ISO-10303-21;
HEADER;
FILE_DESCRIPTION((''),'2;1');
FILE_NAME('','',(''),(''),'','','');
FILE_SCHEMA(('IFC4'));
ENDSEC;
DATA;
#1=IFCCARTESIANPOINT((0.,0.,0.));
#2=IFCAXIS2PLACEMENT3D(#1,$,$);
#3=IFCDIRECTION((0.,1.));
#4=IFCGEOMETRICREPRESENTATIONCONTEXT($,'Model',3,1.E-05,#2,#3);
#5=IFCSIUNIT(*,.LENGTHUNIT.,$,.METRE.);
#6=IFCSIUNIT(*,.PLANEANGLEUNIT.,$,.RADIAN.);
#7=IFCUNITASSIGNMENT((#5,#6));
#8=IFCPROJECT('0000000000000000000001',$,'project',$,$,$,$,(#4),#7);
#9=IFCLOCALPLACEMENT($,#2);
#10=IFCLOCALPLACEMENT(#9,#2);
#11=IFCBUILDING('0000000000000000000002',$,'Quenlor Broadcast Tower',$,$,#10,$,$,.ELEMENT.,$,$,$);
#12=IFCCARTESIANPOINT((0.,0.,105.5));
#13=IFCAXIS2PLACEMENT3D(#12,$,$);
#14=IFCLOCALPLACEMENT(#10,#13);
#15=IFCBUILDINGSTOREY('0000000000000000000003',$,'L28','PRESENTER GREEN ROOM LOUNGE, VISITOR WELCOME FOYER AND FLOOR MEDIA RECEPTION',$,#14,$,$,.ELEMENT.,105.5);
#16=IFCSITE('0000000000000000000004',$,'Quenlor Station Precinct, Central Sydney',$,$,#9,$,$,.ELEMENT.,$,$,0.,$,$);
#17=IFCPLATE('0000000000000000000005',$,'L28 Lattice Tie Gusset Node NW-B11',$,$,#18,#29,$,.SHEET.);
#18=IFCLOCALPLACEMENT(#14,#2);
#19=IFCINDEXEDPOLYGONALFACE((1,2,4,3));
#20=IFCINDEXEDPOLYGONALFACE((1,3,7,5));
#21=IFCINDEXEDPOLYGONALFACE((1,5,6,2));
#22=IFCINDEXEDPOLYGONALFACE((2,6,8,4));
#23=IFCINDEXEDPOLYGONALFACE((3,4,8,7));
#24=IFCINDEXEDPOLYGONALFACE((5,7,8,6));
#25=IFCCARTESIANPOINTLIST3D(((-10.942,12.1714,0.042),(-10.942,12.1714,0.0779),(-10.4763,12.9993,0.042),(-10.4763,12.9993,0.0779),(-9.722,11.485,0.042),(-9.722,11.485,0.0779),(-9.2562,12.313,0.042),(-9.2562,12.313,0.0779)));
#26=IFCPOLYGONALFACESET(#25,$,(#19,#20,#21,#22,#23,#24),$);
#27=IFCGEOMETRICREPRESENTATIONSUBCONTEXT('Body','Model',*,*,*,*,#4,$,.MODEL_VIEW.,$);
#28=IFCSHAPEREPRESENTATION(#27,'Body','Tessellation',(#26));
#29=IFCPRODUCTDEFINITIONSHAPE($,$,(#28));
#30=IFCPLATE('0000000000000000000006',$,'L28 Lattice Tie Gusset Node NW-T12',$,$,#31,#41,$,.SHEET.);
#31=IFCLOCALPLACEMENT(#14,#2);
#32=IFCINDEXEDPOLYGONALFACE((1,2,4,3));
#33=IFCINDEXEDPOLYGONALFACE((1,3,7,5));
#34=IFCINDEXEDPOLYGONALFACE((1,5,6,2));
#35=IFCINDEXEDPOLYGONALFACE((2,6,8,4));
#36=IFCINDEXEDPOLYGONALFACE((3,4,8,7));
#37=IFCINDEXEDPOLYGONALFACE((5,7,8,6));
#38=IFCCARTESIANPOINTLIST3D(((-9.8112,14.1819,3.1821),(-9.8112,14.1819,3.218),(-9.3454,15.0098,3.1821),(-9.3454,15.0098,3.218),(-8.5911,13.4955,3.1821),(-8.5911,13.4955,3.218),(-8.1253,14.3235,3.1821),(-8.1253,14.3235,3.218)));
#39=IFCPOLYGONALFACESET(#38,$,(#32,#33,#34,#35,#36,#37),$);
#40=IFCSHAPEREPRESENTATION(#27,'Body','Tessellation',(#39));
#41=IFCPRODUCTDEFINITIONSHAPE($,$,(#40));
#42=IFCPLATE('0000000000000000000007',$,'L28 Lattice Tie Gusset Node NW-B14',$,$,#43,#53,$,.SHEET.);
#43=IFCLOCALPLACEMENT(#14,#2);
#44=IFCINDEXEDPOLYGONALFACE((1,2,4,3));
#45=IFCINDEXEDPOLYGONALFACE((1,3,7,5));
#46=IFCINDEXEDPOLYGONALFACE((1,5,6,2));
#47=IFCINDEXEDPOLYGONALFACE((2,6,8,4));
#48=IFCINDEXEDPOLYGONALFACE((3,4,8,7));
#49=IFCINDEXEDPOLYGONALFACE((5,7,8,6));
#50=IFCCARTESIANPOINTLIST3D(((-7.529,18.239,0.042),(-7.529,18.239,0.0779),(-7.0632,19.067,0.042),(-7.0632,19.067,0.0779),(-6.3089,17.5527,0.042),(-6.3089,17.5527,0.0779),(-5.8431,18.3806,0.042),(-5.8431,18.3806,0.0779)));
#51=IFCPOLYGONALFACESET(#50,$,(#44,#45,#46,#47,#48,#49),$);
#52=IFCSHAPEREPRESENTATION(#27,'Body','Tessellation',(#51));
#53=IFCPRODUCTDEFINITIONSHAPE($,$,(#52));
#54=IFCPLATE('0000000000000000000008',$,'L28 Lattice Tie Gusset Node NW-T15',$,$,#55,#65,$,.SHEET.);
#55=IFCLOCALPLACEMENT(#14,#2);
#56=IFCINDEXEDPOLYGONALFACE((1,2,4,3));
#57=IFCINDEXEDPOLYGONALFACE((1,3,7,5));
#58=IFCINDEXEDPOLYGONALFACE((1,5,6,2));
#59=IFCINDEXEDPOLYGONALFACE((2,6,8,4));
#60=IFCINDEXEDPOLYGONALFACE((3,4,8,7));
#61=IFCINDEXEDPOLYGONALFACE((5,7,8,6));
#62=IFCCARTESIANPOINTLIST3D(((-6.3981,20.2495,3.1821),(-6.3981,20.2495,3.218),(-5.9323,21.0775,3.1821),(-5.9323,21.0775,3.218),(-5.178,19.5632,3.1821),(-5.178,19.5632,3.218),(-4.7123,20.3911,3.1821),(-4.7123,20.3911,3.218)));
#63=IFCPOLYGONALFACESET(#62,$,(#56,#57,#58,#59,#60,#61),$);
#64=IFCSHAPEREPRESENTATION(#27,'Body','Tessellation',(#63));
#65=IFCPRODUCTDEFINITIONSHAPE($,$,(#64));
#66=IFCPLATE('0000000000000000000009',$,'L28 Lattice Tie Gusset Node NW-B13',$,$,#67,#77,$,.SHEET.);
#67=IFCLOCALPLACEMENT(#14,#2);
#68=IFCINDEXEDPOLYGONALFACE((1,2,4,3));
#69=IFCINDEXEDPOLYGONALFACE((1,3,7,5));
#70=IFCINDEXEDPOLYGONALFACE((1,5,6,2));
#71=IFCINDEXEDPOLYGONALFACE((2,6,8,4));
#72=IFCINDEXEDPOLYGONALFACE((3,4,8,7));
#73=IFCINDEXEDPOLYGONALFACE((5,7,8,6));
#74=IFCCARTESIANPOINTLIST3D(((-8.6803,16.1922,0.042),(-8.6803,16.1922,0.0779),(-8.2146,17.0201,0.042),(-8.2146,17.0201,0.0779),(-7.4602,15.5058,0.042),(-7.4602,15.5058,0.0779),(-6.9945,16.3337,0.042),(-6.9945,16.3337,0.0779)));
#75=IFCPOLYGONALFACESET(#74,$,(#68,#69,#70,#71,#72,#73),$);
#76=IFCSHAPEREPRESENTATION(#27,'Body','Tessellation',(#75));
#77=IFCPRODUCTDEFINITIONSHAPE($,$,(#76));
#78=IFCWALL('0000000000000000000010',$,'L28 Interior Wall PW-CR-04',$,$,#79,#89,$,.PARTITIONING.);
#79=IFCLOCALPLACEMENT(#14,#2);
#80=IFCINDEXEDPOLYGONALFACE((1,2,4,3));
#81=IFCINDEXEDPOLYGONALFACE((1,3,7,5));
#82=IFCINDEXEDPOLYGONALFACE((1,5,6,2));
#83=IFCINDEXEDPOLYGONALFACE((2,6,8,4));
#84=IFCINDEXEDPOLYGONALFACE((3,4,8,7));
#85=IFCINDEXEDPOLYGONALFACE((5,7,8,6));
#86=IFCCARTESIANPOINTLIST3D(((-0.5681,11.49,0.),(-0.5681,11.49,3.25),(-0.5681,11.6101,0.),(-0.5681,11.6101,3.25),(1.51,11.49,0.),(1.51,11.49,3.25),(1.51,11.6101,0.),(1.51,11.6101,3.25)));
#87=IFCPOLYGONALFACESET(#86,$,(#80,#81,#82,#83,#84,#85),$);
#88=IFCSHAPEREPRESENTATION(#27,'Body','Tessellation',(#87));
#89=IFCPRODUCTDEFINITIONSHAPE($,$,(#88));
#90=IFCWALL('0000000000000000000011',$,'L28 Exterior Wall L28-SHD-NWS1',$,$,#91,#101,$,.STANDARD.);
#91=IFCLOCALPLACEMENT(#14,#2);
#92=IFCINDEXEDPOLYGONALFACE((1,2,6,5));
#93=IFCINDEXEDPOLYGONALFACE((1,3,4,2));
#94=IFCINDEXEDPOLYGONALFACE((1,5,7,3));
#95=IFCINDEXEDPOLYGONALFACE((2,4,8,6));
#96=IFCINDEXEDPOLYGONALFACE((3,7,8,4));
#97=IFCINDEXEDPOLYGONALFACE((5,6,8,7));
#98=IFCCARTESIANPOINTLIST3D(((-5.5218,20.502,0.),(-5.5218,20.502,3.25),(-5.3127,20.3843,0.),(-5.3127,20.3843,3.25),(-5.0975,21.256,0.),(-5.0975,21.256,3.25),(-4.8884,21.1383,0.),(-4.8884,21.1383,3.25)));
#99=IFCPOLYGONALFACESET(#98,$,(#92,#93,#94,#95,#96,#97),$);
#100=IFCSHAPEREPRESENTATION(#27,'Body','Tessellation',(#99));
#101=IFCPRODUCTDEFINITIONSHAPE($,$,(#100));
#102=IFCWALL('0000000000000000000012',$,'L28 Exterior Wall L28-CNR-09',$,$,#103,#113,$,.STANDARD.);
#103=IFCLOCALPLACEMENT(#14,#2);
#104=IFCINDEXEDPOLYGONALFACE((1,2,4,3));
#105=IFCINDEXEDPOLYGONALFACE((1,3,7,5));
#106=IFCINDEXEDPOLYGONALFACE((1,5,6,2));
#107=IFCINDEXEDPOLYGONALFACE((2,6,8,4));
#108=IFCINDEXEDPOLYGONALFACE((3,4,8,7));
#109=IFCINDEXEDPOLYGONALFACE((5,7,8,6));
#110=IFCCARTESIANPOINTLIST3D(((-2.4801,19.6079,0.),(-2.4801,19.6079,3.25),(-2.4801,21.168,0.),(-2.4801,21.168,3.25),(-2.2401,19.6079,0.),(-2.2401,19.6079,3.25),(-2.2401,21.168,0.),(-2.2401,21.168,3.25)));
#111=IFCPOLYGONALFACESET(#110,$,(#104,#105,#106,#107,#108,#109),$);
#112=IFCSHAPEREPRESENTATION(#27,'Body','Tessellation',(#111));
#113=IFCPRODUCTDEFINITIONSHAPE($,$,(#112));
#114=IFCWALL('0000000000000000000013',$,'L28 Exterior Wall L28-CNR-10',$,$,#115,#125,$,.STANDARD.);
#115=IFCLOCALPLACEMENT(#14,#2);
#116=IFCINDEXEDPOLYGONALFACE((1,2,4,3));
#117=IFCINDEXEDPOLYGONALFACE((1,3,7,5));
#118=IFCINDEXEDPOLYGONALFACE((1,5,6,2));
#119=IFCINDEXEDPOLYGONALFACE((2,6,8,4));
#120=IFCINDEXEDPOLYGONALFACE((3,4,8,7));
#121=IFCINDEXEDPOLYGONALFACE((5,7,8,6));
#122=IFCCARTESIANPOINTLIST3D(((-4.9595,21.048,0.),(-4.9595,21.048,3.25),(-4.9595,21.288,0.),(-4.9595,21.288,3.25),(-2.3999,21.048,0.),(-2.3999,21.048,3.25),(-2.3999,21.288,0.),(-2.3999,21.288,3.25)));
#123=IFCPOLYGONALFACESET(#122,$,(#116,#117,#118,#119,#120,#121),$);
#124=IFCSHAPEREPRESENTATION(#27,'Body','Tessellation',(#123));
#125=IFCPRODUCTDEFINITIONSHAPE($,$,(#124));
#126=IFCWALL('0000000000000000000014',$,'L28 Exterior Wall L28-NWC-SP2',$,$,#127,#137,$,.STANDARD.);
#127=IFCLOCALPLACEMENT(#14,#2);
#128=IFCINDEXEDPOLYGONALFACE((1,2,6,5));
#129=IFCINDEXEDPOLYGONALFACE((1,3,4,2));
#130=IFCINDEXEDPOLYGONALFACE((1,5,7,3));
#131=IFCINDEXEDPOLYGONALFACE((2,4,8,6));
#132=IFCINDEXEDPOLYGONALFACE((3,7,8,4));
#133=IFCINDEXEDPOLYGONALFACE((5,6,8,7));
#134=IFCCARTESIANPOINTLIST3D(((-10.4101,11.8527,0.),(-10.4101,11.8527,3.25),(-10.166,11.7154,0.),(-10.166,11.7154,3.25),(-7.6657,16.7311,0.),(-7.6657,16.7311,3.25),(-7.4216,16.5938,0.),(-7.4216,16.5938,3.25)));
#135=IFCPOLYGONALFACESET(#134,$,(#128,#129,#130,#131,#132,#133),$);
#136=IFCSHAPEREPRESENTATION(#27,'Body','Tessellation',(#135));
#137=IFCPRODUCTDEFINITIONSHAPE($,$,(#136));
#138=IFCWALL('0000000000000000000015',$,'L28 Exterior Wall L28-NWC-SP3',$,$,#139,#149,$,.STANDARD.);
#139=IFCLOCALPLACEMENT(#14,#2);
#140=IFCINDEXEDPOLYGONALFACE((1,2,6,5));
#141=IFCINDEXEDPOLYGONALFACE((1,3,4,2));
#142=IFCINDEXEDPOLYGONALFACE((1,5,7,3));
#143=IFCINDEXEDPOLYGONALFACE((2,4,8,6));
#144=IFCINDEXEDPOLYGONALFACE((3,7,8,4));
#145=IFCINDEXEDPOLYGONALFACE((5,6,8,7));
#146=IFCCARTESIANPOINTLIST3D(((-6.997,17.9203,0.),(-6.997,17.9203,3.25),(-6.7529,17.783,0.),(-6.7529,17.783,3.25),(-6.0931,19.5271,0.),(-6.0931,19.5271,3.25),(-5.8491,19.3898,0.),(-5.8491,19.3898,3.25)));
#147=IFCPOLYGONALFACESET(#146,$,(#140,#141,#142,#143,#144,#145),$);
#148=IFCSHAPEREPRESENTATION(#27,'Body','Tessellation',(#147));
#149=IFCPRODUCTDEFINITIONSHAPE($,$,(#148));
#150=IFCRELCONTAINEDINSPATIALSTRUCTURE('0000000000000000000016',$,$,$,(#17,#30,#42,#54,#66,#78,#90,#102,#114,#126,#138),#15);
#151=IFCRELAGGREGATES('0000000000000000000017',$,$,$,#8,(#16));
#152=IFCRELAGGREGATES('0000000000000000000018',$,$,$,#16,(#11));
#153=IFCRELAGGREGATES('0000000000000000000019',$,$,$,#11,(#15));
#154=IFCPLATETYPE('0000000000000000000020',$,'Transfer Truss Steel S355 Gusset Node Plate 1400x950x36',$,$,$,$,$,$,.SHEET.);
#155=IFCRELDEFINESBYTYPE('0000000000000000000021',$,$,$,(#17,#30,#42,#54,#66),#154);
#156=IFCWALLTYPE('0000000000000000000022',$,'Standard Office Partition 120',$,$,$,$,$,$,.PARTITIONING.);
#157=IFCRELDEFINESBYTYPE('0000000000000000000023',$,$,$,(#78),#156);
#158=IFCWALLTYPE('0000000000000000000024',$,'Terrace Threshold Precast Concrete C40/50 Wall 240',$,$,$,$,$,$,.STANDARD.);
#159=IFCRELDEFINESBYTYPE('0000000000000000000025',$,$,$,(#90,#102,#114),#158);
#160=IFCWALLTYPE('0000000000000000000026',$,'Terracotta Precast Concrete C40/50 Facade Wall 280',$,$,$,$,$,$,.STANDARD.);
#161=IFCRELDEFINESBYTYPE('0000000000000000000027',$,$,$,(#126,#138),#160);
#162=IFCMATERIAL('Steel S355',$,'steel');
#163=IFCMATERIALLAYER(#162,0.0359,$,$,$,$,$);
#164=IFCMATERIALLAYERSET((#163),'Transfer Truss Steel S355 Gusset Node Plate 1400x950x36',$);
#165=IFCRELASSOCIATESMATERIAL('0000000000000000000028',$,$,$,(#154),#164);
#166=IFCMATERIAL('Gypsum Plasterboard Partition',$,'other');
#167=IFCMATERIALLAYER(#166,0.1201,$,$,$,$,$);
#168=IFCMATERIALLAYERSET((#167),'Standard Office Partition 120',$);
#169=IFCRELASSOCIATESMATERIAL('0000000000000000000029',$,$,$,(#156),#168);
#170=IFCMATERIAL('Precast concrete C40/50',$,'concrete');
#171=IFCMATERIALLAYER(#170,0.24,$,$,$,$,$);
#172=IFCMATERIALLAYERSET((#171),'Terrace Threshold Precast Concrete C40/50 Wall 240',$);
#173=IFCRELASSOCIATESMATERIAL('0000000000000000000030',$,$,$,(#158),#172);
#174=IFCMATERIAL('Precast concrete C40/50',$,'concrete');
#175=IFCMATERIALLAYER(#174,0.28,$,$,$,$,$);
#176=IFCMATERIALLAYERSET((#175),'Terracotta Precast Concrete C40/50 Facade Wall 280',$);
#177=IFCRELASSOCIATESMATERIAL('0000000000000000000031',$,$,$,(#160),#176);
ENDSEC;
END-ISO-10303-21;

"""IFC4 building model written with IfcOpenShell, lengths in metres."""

from ifc_helpers import new_model, si_unit, direction, frame, frame_2d, origin, origin_2d, place, context, subcontext, project, spatial, rectangle, extrude, material, layer, layer_set, type_object, element, save


model = new_model("IFC4")

# Units and contexts
model_context = context("Model", 3, precision=1e-05, world=origin(), true_north=direction((0.0, 1.0)))
body_context = subcontext(model_context, "Body", "Model", "MODEL_VIEW")
ifc_project = project(units=[si_unit("LENGTHUNIT", "METRE"), si_unit("PLANEANGLEUNIT", "RADIAN")], contexts=[model_context])

# Site, building, storey
site_placement = place(None, origin())
site = spatial("IfcSite", under=ifc_project, at=site_placement, Name="Quenlor Station Precinct, Central Sydney", CompositionType="ELEMENT", RefElevation=0.0)
building_placement = place(site_placement, origin())
building = spatial("IfcBuilding", under=site, at=building_placement, Name="Quenlor Broadcast Tower", CompositionType="ELEMENT")
storey_placement = place(building_placement, frame((0.0, 0.0, 105.5)))
storey = spatial("IfcBuildingStorey", under=building, at=storey_placement, Name="L28", Description="PRESENTER GREEN ROOM LOUNGE, VISITOR WELCOME FOYER AND FLOOR MEDIA RECEPTION", CompositionType="ELEMENT", Elevation=105.5)

# Plates
ifc_material_1 = material(Name="Steel S355", Category="steel")
ifc_layer_1 = layer(ifc_material_1, 0.0359)
ifc_layer_set_1 = layer_set([ifc_layer_1], Name="Transfer Truss Steel S355 Gusset Node Plate 1400x950x36")
plate_type_1 = type_object("IfcPlateType", Name="Transfer Truss Steel S355 Gusset Node Plate 1400x950x36", PredefinedType="SHEET", material=ifc_layer_set_1)
for number, where, z_axis, x_axis, name in (
    (1, (-10.0991, 12.2422, 0.042), (0.0, 0.0, 1.0), (-0.871556, 0.490295, 0.0), "L28 Lattice Tie Gusset Node NW-B11"),
    (2, (-8.9683, 14.2527, 3.1821), (0.0, 0.0, 1.0), (-0.871556, 0.490295, 0.0), "L28 Lattice Tie Gusset Node NW-T12"),
    (3, (-6.686, 18.3098, 0.042), (0.0, 0.0, 1.0), (-0.871556, 0.490295, 0.0), "L28 Lattice Tie Gusset Node NW-B14"),
    (4, (-5.5552, 20.3203, 3.1821), (0.0, 0.0, 1.0), (-0.871556, 0.490295, 0.0), "L28 Lattice Tie Gusset Node NW-T15"),
    (5, (-7.8374, 16.2629, 0.042), (0.0, 0.0, 1.0), (-0.871556, 0.490295, 0.0), "L28 Lattice Tie Gusset Node NW-B13"),
):
    element("IfcPlate", number, at=place(storey_placement, frame(where, z_axis=z_axis, x_axis=x_axis)), inside=storey, type_object=plate_type_1, Name=name, PredefinedType="SHEET", context=body_context, shape_type="SweptSolid", body=[
        extrude(rectangle(XDim=1.3999, YDim=0.95, at=origin_2d()), origin(), (0.0, 0.0, 1.0), 0.0359),
    ])

# Walls
ifc_material_2 = material(Name="Gypsum Plasterboard Partition", Category="other")
ifc_layer_2 = layer(ifc_material_2, 0.1201)
ifc_layer_set_2 = layer_set([ifc_layer_2], Name="Standard Office Partition 120")
wall_type_1 = type_object("IfcWallType", Name="Standard Office Partition 120", PredefinedType="PARTITIONING", material=ifc_layer_set_2)
wall_1_placement = place(storey_placement, frame((-0.5681, 11.55, 0.0), z_axis=(0.0, 0.0, 1.0), x_axis=(1.0, 0.0, 0.0)))
element("IfcWall", 6, at=wall_1_placement, inside=storey, type_object=wall_type_1, Name="L28 Interior Wall PW-CR-04", PredefinedType="PARTITIONING", context=body_context, shape_type="SweptSolid", body=[
    extrude(rectangle(XDim=2.0781, YDim=0.1201, at=frame_2d((1.0391, 0.0))), origin(), (0.0, 0.0, 1.0), 3.25),
])
ifc_material_3 = material(Name="Precast concrete C40/50", Category="concrete")
ifc_layer_3 = layer(ifc_material_3, 0.24)
ifc_layer_set_3 = layer_set([ifc_layer_3], Name="Terrace Threshold Precast Concrete C40/50 Wall 240")
wall_type_2 = type_object("IfcWallType", Name="Terrace Threshold Precast Concrete C40/50 Wall 240", PredefinedType="STANDARD", material=ifc_layer_set_3)
wall_2_placement = place(storey_placement, frame((-5.4172, 20.4431, 0.0), z_axis=(0.0, 0.0, 1.0), x_axis=(0.490355, 0.871523, 0.0)))
element("IfcWall", 7, at=wall_2_placement, inside=storey, type_object=wall_type_2, Name="L28 Exterior Wall L28-SHD-NWS1", PredefinedType="STANDARD", context=body_context, shape_type="SweptSolid", body=[
    extrude(rectangle(XDim=0.8652, YDim=0.24, at=frame_2d((0.4326, 0.0))), origin(), (0.0, 0.0, 1.0), 3.25),
])
wall_3_placement = place(storey_placement, frame((-2.3601, 19.6079, 0.0), z_axis=(0.0, 0.0, 1.0), x_axis=(0.0, 1.0, 0.0)))
element("IfcWall", 8, at=wall_3_placement, inside=storey, type_object=wall_type_2, Name="L28 Exterior Wall L28-CNR-09", PredefinedType="STANDARD", context=body_context, shape_type="SweptSolid", body=[
    extrude(rectangle(XDim=1.5601, YDim=0.24, at=frame_2d((0.78, 0.0))), origin(), (0.0, 0.0, 1.0), 3.25),
])
wall_4_placement = place(storey_placement, frame((-2.3999, 21.168, 0.0), z_axis=(0.0, 0.0, 1.0), x_axis=(-1.0, 0.0, 0.0)))
element("IfcWall", 9, at=wall_4_placement, inside=storey, type_object=wall_type_2, Name="L28 Exterior Wall L28-CNR-10", PredefinedType="STANDARD", context=body_context, shape_type="SweptSolid", body=[
    extrude(rectangle(XDim=2.5596, YDim=0.24, at=frame_2d((1.2798, 0.0))), origin(), (0.0, 0.0, 1.0), 3.25),
])
ifc_material_4 = material(Name="Precast concrete C40/50", Category="concrete")
ifc_layer_4 = layer(ifc_material_4, 0.28)
ifc_layer_set_4 = layer_set([ifc_layer_4], Name="Terracotta Precast Concrete C40/50 Facade Wall 280")
wall_type_3 = type_object("IfcWallType", Name="Terracotta Precast Concrete C40/50 Facade Wall 280", PredefinedType="STANDARD", material=ifc_layer_set_4)
wall_5_placement = place(storey_placement, frame((-10.2881, 11.7839, 0.0), z_axis=(0.0, 0.0, 1.0), x_axis=(0.490299, 0.871555, 0.0)))
element("IfcWall", 10, at=wall_5_placement, inside=storey, type_object=wall_type_3, Name="L28 Exterior Wall L28-NWC-SP2", PredefinedType="STANDARD", context=body_context, shape_type="SweptSolid", body=[
    extrude(rectangle(XDim=5.5974, YDim=0.28, at=frame_2d((2.7988, 0.0))), origin(), (0.0, 0.0, 1.0), 3.25),
])
wall_6_placement = place(storey_placement, frame((-6.875, 17.8516, 0.0), z_axis=(0.0, 0.0, 1.0), x_axis=(0.49028, 0.871565, 0.0)))
element("IfcWall", 11, at=wall_6_placement, inside=storey, type_object=wall_type_3, Name="L28 Exterior Wall L28-NWC-SP3", PredefinedType="STANDARD", context=body_context, shape_type="SweptSolid", body=[
    extrude(rectangle(XDim=1.8435, YDim=0.28, at=frame_2d((0.9219, 0.0))), origin(), (0.0, 0.0, 1.0), 3.25),
])

save(model, "model.ifc")
